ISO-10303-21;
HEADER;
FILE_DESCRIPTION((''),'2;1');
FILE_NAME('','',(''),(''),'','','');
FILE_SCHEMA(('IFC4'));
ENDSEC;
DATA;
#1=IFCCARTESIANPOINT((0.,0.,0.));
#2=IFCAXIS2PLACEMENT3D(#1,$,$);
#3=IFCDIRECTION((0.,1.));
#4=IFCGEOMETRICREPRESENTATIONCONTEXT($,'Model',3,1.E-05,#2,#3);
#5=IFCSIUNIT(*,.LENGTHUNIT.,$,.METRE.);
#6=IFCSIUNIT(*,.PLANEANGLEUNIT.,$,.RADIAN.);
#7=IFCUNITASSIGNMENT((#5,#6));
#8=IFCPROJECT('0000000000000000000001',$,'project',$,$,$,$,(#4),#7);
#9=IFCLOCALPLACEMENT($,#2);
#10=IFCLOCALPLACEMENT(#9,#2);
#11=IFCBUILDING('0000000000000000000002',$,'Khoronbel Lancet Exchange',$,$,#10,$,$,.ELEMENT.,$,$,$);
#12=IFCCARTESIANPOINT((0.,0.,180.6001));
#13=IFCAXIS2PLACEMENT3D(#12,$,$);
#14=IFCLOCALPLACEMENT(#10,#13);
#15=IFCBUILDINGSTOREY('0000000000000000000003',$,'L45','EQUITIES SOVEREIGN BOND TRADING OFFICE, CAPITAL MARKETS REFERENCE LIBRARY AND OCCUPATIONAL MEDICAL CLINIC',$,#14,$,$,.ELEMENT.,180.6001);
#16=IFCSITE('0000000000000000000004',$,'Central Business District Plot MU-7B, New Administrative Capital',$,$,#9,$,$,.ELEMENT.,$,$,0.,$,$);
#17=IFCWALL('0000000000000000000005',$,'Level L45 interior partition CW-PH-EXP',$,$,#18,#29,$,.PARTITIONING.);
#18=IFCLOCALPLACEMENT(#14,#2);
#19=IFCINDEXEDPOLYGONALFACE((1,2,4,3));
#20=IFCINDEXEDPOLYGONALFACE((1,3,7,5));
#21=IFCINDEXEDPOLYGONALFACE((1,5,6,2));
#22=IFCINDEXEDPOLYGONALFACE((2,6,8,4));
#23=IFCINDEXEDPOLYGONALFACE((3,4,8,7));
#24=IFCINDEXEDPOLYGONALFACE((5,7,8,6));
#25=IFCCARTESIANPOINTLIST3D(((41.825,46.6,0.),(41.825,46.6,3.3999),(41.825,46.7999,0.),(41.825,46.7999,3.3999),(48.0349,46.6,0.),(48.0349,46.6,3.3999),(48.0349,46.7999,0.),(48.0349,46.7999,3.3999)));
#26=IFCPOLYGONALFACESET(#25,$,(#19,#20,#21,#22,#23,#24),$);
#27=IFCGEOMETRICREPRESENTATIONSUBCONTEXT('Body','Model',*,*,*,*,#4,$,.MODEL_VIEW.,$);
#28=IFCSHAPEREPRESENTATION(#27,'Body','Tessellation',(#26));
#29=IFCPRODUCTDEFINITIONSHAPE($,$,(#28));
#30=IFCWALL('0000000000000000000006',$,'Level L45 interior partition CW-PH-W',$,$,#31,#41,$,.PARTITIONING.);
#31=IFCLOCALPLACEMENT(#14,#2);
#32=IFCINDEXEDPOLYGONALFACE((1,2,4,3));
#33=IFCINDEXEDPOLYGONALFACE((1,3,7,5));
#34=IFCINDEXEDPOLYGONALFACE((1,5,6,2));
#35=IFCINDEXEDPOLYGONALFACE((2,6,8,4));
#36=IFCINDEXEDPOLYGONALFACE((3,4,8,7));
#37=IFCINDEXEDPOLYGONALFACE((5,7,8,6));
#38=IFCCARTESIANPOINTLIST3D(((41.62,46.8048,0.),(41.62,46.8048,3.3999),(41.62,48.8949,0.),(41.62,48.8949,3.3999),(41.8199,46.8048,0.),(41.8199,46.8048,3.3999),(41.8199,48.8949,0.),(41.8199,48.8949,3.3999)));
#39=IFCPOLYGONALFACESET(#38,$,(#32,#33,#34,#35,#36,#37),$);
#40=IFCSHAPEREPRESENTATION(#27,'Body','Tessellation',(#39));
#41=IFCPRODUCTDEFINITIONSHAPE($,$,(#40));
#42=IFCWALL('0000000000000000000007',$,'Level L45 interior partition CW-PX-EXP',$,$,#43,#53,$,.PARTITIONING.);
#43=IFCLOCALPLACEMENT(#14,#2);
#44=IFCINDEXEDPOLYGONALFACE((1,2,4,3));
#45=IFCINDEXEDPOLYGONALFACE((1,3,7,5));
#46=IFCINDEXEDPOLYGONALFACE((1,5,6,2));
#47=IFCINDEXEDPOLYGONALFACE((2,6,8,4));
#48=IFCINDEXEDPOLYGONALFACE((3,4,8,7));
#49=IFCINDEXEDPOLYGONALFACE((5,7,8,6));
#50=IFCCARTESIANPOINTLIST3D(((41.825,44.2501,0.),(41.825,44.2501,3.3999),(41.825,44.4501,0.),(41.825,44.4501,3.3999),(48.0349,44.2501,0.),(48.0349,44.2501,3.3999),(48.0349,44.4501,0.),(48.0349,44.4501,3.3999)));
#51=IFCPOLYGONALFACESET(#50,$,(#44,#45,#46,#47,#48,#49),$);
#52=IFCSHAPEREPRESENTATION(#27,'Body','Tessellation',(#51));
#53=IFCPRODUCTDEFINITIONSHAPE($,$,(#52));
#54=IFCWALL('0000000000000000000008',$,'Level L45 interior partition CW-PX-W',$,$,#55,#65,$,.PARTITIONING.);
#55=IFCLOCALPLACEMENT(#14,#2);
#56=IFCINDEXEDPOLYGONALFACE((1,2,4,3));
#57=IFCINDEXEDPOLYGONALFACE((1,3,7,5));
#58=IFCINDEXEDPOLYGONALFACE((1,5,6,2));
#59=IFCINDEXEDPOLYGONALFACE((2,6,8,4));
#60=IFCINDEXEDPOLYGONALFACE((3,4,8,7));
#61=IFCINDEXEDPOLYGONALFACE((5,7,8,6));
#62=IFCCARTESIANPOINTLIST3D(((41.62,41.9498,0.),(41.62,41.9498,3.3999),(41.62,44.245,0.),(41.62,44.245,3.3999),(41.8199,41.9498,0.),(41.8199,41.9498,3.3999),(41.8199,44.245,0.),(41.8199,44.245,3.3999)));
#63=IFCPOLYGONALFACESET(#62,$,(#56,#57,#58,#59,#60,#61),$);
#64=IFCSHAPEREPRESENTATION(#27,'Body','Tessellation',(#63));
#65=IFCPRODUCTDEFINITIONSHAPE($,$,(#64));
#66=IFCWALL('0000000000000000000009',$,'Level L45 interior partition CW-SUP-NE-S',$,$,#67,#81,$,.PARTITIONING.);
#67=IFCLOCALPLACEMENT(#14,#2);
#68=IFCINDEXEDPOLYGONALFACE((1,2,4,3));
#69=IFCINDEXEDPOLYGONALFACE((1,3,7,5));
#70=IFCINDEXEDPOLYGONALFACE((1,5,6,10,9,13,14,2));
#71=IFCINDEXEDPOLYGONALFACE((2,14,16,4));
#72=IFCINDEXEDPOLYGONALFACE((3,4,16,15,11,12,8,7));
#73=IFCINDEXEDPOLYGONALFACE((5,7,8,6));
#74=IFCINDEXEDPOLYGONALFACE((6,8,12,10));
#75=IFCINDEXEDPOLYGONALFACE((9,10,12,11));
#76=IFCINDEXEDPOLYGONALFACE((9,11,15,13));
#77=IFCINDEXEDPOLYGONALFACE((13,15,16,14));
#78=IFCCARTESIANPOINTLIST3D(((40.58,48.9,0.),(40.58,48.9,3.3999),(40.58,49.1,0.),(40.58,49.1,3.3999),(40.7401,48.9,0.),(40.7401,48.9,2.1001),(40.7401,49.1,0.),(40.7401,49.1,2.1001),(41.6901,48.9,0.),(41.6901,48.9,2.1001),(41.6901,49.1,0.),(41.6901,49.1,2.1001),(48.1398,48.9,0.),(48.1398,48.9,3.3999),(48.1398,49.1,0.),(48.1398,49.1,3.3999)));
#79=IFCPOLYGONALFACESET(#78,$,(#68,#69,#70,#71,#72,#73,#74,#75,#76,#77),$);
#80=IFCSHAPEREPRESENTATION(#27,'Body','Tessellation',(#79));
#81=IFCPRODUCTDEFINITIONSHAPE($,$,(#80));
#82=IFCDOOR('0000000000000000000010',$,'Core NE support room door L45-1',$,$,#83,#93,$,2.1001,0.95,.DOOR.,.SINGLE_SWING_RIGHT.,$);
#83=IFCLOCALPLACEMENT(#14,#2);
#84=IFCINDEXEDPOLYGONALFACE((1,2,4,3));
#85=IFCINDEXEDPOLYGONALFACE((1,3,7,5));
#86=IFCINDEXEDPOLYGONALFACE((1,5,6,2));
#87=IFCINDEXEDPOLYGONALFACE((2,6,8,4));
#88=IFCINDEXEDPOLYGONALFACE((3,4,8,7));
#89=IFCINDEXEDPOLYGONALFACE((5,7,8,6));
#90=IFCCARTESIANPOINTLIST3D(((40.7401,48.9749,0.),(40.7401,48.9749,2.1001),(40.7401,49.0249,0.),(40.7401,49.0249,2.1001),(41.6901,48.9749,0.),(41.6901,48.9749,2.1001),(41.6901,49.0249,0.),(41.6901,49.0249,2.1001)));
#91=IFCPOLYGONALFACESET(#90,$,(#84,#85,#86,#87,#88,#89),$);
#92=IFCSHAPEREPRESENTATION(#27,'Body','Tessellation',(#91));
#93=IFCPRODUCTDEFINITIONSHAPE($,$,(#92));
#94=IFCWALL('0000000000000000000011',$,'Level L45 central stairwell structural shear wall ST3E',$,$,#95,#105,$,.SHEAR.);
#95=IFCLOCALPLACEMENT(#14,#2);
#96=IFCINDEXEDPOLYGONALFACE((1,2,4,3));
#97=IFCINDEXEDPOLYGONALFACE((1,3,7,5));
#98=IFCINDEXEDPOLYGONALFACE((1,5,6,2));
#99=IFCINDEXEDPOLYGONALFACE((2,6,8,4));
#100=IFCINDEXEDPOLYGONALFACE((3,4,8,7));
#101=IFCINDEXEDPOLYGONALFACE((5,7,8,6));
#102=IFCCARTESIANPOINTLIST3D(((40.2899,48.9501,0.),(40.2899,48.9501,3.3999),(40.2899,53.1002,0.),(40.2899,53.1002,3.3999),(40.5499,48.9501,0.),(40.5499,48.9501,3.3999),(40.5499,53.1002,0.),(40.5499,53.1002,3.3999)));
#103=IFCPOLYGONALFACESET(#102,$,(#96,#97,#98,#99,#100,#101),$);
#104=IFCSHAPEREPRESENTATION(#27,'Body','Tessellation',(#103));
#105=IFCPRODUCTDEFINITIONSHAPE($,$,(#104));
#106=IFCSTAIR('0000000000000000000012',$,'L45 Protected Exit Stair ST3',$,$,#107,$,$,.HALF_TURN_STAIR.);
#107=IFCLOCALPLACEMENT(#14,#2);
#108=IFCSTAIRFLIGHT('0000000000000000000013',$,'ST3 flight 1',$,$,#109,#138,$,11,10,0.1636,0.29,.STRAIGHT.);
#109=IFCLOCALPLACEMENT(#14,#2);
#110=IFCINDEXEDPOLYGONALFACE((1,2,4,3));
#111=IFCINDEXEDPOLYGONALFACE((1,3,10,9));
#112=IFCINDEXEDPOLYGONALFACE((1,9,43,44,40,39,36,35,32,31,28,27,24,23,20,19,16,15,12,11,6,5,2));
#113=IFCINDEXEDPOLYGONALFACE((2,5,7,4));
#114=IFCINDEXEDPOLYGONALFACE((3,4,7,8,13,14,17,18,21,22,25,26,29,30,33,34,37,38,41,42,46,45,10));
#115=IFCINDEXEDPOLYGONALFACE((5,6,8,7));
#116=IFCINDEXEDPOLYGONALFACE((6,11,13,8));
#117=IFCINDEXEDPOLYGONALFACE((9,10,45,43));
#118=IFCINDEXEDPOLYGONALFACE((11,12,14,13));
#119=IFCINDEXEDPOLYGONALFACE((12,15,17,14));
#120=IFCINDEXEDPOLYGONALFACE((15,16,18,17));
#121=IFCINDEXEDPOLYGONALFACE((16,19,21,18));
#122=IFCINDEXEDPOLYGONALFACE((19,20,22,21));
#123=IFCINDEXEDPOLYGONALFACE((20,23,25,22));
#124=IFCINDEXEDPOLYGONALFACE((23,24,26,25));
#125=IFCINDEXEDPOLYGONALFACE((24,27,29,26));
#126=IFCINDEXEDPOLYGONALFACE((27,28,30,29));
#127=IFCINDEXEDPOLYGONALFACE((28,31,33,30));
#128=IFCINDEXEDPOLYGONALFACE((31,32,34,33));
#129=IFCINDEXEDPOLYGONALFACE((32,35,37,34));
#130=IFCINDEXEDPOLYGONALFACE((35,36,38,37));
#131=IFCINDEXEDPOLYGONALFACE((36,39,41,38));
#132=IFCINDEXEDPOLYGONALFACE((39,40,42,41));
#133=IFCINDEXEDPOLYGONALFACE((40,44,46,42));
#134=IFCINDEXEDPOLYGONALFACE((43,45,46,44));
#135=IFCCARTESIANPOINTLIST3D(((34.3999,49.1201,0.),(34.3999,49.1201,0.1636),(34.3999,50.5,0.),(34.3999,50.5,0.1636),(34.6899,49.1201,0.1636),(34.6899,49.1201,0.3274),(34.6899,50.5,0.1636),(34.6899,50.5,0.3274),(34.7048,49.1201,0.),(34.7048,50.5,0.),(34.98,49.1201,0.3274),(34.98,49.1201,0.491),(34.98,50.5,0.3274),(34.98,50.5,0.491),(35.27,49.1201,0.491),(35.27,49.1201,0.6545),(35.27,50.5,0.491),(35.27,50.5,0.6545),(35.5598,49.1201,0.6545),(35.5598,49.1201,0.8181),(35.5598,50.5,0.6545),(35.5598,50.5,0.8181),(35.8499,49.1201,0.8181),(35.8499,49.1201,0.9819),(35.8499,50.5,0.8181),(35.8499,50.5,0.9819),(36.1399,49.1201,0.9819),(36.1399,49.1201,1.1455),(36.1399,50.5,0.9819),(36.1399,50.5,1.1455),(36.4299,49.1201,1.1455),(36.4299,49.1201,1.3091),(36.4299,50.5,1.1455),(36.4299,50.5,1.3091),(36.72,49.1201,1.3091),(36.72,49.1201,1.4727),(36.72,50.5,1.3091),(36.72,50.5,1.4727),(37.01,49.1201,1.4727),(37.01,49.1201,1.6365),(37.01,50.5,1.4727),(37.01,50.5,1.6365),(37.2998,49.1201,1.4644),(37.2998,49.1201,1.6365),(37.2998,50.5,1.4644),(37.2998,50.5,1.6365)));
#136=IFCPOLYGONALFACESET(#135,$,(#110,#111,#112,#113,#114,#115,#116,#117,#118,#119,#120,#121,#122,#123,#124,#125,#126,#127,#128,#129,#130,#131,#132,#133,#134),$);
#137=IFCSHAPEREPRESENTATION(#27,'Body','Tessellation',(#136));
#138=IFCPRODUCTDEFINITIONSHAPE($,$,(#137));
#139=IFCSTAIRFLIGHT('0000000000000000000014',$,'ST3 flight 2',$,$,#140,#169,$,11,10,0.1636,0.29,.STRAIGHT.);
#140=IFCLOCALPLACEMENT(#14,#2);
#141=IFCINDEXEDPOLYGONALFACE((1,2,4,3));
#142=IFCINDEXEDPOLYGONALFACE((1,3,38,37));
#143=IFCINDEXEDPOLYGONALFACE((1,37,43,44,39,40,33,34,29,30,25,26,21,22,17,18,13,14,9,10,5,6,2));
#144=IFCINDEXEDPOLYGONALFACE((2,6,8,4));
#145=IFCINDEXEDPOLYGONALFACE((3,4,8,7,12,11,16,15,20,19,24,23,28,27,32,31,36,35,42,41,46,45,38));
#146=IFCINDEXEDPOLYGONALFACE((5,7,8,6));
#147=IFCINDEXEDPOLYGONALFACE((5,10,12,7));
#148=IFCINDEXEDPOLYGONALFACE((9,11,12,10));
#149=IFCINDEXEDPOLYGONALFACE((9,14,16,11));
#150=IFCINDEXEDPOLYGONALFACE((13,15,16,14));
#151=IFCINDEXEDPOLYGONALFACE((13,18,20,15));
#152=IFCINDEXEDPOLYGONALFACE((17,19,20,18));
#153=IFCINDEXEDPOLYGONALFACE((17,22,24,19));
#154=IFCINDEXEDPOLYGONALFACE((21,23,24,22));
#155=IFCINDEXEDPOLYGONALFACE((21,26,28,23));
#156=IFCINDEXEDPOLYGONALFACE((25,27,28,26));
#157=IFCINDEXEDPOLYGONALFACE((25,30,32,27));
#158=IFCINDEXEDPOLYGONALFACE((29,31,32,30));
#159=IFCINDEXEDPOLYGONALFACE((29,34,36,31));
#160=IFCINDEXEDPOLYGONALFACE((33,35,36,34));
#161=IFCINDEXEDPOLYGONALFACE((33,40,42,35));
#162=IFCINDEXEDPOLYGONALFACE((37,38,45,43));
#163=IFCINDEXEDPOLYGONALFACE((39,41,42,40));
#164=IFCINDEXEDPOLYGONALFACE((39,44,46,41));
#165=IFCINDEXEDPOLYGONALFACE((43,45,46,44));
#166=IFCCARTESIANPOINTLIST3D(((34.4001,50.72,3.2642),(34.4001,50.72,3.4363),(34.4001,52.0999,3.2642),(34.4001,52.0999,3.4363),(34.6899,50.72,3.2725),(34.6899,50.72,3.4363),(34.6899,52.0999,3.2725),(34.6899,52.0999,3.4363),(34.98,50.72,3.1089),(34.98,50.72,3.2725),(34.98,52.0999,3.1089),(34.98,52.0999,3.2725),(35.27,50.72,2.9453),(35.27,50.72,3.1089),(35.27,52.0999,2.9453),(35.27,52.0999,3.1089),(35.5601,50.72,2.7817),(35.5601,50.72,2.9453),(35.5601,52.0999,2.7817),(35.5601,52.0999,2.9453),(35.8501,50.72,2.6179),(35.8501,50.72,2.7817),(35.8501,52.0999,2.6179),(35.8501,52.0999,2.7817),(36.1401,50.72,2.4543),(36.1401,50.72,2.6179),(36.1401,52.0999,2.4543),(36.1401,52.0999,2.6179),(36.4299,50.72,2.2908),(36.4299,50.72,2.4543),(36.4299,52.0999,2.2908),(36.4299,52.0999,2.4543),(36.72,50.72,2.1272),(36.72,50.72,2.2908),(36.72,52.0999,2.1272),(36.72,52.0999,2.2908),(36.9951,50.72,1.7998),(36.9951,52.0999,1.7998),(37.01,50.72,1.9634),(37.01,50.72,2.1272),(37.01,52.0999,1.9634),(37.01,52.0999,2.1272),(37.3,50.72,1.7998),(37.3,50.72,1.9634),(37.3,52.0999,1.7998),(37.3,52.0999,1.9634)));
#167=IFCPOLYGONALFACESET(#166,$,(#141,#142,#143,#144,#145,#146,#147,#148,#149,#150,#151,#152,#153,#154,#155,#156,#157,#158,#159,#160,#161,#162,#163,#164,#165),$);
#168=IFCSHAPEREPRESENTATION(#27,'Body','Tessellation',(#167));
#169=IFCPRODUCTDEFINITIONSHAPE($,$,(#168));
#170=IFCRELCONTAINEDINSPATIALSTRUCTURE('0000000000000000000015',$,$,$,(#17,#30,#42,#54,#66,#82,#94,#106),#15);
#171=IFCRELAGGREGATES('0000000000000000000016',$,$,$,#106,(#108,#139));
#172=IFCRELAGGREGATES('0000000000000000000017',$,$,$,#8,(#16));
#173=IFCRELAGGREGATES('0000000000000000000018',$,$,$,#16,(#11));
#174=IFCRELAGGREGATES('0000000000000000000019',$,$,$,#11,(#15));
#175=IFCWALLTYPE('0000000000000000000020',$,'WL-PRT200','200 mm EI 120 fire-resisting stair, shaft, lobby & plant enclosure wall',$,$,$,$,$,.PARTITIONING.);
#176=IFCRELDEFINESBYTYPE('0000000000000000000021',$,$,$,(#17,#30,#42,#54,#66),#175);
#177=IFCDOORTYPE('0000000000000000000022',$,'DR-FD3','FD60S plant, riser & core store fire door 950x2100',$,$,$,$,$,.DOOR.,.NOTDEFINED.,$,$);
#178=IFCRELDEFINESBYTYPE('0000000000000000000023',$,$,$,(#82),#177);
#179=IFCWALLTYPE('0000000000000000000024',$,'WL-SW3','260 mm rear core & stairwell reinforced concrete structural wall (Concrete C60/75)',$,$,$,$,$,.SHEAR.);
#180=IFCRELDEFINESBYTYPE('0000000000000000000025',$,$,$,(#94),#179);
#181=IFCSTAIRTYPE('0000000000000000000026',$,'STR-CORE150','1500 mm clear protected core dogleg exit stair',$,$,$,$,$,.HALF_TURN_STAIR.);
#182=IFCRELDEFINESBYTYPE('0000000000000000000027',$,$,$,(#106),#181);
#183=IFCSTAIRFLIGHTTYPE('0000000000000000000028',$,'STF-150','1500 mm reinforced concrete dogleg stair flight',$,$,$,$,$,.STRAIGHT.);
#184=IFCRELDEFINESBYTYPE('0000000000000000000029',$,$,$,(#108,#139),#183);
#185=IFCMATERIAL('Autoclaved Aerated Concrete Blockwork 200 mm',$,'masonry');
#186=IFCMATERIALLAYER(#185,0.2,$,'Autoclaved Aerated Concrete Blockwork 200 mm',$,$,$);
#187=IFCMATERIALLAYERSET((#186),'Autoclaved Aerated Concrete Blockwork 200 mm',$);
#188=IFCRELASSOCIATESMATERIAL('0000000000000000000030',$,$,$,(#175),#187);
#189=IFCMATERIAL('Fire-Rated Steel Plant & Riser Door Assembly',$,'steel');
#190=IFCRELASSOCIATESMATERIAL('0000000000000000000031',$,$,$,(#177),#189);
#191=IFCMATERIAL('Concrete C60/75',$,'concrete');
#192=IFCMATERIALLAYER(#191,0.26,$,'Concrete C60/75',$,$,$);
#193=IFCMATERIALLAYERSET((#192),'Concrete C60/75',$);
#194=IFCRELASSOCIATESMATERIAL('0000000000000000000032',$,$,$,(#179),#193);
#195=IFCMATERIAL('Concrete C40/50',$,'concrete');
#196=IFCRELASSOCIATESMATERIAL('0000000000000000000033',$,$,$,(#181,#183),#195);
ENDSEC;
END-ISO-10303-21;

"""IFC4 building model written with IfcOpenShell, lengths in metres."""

from ifc_helpers import new_model, si_unit, direction, frame, frame_2d, origin, place, context, subcontext, project, spatial, polyline, rectangle, outline, extrude, material, layer, layer_set, type_object, element, fill, aggregate, save


model = new_model("IFC4")

# Units and contexts
model_context = context("Model", 3, precision=1e-05, world=origin(), true_north=direction((0.0, 1.0)))
body_context = subcontext(model_context, "Body", "Model", "MODEL_VIEW")
ifc_project = project(units=[si_unit("LENGTHUNIT", "METRE"), si_unit("PLANEANGLEUNIT", "RADIAN")], contexts=[model_context])

# Site, building, storey
site_placement = place(None, origin())
site = spatial("IfcSite", under=ifc_project, at=site_placement, Name="Central Business District Plot MU-7B, New Administrative Capital", CompositionType="ELEMENT", RefElevation=0.0)
building_placement = place(site_placement, origin())
building = spatial("IfcBuilding", under=site, at=building_placement, Name="Khoronbel Lancet Exchange", CompositionType="ELEMENT")
storey_placement = place(building_placement, frame((0.0, 0.0, 180.6001)))
storey = spatial("IfcBuildingStorey", under=building, at=storey_placement, Name="L45", Description="EQUITIES SOVEREIGN BOND TRADING OFFICE, CAPITAL MARKETS REFERENCE LIBRARY AND OCCUPATIONAL MEDICAL CLINIC", CompositionType="ELEMENT", Elevation=180.6001)

# Shared definitions
ifc_material_1 = material(Name="Concrete C60/75", Category="concrete")

# Walls
ifc_material_2 = material(Name="Autoclaved Aerated Concrete Blockwork 200 mm", Category="masonry")
ifc_layer_1 = layer(ifc_material_2, 0.2, Name="Autoclaved Aerated Concrete Blockwork 200 mm")
ifc_layer_set_1 = layer_set([ifc_layer_1], Name="Autoclaved Aerated Concrete Blockwork 200 mm")
wall_type_1 = type_object("IfcWallType", Name="WL-PRT200", Description="200 mm EI 120 fire-resisting stair, shaft, lobby & plant enclosure wall", PredefinedType="PARTITIONING", material=ifc_layer_set_1)
wall_1_placement = place(storey_placement, frame((41.825, 46.7, 0.0), z_axis=(0.0, 0.0, 1.0), x_axis=(1.0, 0.0, 0.0)))
element("IfcWall", 1, at=wall_1_placement, inside=storey, type_object=wall_type_1, Name="Level L45 interior partition CW-PH-EXP", PredefinedType="PARTITIONING", context=body_context, shape_type="SweptSolid", body=[
    extrude(rectangle(XDim=6.21, YDim=0.2, at=frame_2d((3.105, 0.0))), origin(), (0.0, 0.0, 1.0), 3.3999),
])
wall_2_placement = place(storey_placement, frame((41.72, 46.8049, 0.0), z_axis=(0.0, 0.0, 1.0), x_axis=(0.0, 1.0, 0.0)))
element("IfcWall", 2, at=wall_2_placement, inside=storey, type_object=wall_type_1, Name="Level L45 interior partition CW-PH-W", PredefinedType="PARTITIONING", context=body_context, shape_type="SweptSolid", body=[
    extrude(rectangle(XDim=2.0901, YDim=0.2, at=frame_2d((1.0449, 0.0))), origin(), (0.0, 0.0, 1.0), 3.3999),
])
wall_3_placement = place(storey_placement, frame((41.825, 44.3501, 0.0), z_axis=(0.0, 0.0, 1.0), x_axis=(1.0, 0.0, 0.0)))
element("IfcWall", 3, at=wall_3_placement, inside=storey, type_object=wall_type_1, Name="Level L45 interior partition CW-PX-EXP", PredefinedType="PARTITIONING", context=body_context, shape_type="SweptSolid", body=[
    extrude(rectangle(XDim=6.21, YDim=0.2, at=frame_2d((3.105, 0.0))), origin(), (0.0, 0.0, 1.0), 3.3999),
])
wall_4_placement = place(storey_placement, frame((41.72, 41.95, 0.0), z_axis=(0.0, 0.0, 1.0), x_axis=(0.0, 1.0, 0.0)))
element("IfcWall", 4, at=wall_4_placement, inside=storey, type_object=wall_type_1, Name="Level L45 interior partition CW-PX-W", PredefinedType="PARTITIONING", context=body_context, shape_type="SweptSolid", body=[
    extrude(rectangle(XDim=2.2952, YDim=0.2, at=frame_2d((1.1475, 0.0))), origin(), (0.0, 0.0, 1.0), 3.3999),
])

# Wall, opening, door
wall_5_placement = place(storey_placement, frame((40.5801, 49.0, 0.0), z_axis=(0.0, 0.0, 1.0), x_axis=(1.0, 0.0, 0.0)))
wall_5 = element("IfcWall", 5, at=wall_5_placement, inside=storey, type_object=wall_type_1, Name="Level L45 interior partition CW-SUP-NE-S", PredefinedType="PARTITIONING", context=body_context, shape_type="SweptSolid", body=[
    extrude(rectangle(XDim=7.5598, YDim=0.2, at=frame_2d((3.7798, 0.0))), origin(), (0.0, 0.0, 1.0), 3.3999),
])
opening_1_placement = place(wall_5_placement, frame((0.1599, 0.0, 0.0)))
opening_1 = element("IfcOpeningElement", 6, at=opening_1_placement, cuts=wall_5, PredefinedType="OPENING", context=body_context, shape_type="SweptSolid", body=[
    extrude(rectangle(XDim=0.95, YDim=2.1001, at=frame_2d((0.4751, 1.05))), frame((0.0, 0.1099, 0.0), z_axis=(0.0, -1.0, 0.0), x_axis=(1.0, 0.0, 0.0)), (0.0, 0.0, 1.0), 0.22),
])
ifc_material_3 = material(Name="Fire-Rated Steel Plant & Riser Door Assembly", Category="steel")
door_type_1 = type_object("IfcDoorType", Name="DR-FD3", Description="FD60S plant, riser & core store fire door 950x2100", OperationType="NOTDEFINED", PredefinedType="DOOR", material=ifc_material_3)
door_1_placement = place(opening_1_placement, origin())
door_1 = element("IfcDoor", 7, at=door_1_placement, inside=storey, type_object=door_type_1, Name="Core NE support room door L45-1", OperationType="SINGLE_SWING_RIGHT", OverallHeight=2.1001, OverallWidth=0.95, PredefinedType="DOOR", context=body_context, shape_type="SweptSolid", body=[
    extrude(rectangle(XDim=0.95, YDim=2.1001, at=frame_2d((0.4751, 1.05))), frame((0.0, 0.0249, 0.0), z_axis=(0.0, -1.0, 0.0), x_axis=(1.0, 0.0, 0.0)), (0.0, 0.0, 1.0), 0.05),
])
fill(opening_1, door_1)

# Wall
ifc_layer_2 = layer(ifc_material_1, 0.26, Name="Concrete C60/75")
ifc_layer_set_2 = layer_set([ifc_layer_2], Name="Concrete C60/75")
wall_type_2 = type_object("IfcWallType", Name="WL-SW3", Description="260 mm rear core & stairwell reinforced concrete structural wall (Concrete C60/75)", PredefinedType="SHEAR", material=ifc_layer_set_2)
wall_6_placement = place(storey_placement, frame((40.4199, 48.95, 0.0), z_axis=(0.0, 0.0, 1.0), x_axis=(0.0, 1.0, 0.0)))
element("IfcWall", 8, at=wall_6_placement, inside=storey, type_object=wall_type_2, Name="Level L45 central stairwell structural shear wall ST3E", PredefinedType="SHEAR", context=body_context, shape_type="SweptSolid", body=[
    extrude(rectangle(XDim=4.1501, YDim=0.26, at=frame_2d((2.0752, 0.0))), origin(), (0.0, 0.0, 1.0), 3.3999),
])

# Stair, stair flights
ifc_material_4 = material(Name="Concrete C40/50", Category="concrete")
stair_type = type_object("IfcStairType", Name="STR-CORE150", Description="1500 mm clear protected core dogleg exit stair", PredefinedType="HALF_TURN_STAIR", material=ifc_material_4)
stair_placement = place(storey_placement, origin())
stair = element("IfcStair", 9, at=stair_placement, inside=storey, type_object=stair_type, Name="L45 Protected Exit Stair ST3", PredefinedType="HALF_TURN_STAIR")
stair_flight_type = type_object("IfcStairFlightType", Name="STF-150", Description="1500 mm reinforced concrete dogleg stair flight", PredefinedType="STRAIGHT", material=ifc_material_4)
stair_flight_1_placement = place(storey_placement, frame((34.3999, 49.8101, 0.0), z_axis=(0.0, 0.0, 1.0), x_axis=(1.0, 0.0, 0.0)))
stair_flight_1 = element("IfcStairFlight", 10, at=stair_flight_1_placement, type_object=stair_flight_type, Name="ST3 flight 1", NumberOfRisers=11, NumberOfTreads=10, PredefinedType="STRAIGHT", RiserHeight=0.1636, TreadLength=0.29, context=body_context, shape_type="SweptSolid", body=[
    extrude(outline(polyline([(0.0, 0.0), (0.0, 0.1636), (0.29, 0.1636), (0.29, 0.3274), (0.5801, 0.3274), (0.5801, 0.491), (0.8701, 0.491), (0.8701, 0.6545), (1.1599, 0.6545), (1.1599, 0.8181), (1.45, 0.8181), (1.45, 0.9819), (1.74, 0.9819), (1.74, 1.1455), (2.03, 1.1455), (2.03, 1.3091), (2.3201, 1.3091), (2.3201, 1.4727), (2.6101, 1.4727), (2.6101, 1.6365), (2.8999, 1.6365), (2.8999, 1.8), (2.8999, 1.4644), (0.3049, 0.0), (0.0, 0.0)])), frame((0.0, 0.6899, 0.0), z_axis=(0.0, -1.0, 0.0), x_axis=(1.0, 0.0, 0.0)), (0.0, 0.0, 1.0), 1.3799),
])
stair_flight_2_placement = place(storey_placement, frame((37.3, 51.4099, 1.7998), z_axis=(0.0, 0.0, 1.0), x_axis=(-1.0, 0.0, 0.0)))
stair_flight_2 = element("IfcStairFlight", 11, at=stair_flight_2_placement, type_object=stair_flight_type, Name="ST3 flight 2", NumberOfRisers=11, NumberOfTreads=10, PredefinedType="STRAIGHT", RiserHeight=0.1636, TreadLength=0.29, context=body_context, shape_type="SweptSolid", body=[
    extrude(outline(polyline([(0.0, 0.0), (0.0, 0.1636), (0.29, 0.1636), (0.29, 0.3274), (0.5801, 0.3274), (0.5801, 0.491), (0.8701, 0.491), (0.8701, 0.6545), (1.1599, 0.6545), (1.1599, 0.8181), (1.45, 0.8181), (1.45, 0.9819), (1.74, 0.9819), (1.74, 1.1455), (2.03, 1.1455), (2.03, 1.3091), (2.3201, 1.3091), (2.3201, 1.4727), (2.6101, 1.4727), (2.6101, 1.6365), (2.8999, 1.6365), (2.8999, 1.8), (2.8999, 1.4644), (0.3049, 0.0), (0.0, 0.0)])), frame((0.0, 0.6899, 0.0), z_axis=(0.0, -1.0, 0.0), x_axis=(1.0, 0.0, 0.0)), (0.0, 0.0, 1.0), 1.3799),
])
aggregate(stair, [stair_flight_1, stair_flight_2])

save(model, "model.ifc")
